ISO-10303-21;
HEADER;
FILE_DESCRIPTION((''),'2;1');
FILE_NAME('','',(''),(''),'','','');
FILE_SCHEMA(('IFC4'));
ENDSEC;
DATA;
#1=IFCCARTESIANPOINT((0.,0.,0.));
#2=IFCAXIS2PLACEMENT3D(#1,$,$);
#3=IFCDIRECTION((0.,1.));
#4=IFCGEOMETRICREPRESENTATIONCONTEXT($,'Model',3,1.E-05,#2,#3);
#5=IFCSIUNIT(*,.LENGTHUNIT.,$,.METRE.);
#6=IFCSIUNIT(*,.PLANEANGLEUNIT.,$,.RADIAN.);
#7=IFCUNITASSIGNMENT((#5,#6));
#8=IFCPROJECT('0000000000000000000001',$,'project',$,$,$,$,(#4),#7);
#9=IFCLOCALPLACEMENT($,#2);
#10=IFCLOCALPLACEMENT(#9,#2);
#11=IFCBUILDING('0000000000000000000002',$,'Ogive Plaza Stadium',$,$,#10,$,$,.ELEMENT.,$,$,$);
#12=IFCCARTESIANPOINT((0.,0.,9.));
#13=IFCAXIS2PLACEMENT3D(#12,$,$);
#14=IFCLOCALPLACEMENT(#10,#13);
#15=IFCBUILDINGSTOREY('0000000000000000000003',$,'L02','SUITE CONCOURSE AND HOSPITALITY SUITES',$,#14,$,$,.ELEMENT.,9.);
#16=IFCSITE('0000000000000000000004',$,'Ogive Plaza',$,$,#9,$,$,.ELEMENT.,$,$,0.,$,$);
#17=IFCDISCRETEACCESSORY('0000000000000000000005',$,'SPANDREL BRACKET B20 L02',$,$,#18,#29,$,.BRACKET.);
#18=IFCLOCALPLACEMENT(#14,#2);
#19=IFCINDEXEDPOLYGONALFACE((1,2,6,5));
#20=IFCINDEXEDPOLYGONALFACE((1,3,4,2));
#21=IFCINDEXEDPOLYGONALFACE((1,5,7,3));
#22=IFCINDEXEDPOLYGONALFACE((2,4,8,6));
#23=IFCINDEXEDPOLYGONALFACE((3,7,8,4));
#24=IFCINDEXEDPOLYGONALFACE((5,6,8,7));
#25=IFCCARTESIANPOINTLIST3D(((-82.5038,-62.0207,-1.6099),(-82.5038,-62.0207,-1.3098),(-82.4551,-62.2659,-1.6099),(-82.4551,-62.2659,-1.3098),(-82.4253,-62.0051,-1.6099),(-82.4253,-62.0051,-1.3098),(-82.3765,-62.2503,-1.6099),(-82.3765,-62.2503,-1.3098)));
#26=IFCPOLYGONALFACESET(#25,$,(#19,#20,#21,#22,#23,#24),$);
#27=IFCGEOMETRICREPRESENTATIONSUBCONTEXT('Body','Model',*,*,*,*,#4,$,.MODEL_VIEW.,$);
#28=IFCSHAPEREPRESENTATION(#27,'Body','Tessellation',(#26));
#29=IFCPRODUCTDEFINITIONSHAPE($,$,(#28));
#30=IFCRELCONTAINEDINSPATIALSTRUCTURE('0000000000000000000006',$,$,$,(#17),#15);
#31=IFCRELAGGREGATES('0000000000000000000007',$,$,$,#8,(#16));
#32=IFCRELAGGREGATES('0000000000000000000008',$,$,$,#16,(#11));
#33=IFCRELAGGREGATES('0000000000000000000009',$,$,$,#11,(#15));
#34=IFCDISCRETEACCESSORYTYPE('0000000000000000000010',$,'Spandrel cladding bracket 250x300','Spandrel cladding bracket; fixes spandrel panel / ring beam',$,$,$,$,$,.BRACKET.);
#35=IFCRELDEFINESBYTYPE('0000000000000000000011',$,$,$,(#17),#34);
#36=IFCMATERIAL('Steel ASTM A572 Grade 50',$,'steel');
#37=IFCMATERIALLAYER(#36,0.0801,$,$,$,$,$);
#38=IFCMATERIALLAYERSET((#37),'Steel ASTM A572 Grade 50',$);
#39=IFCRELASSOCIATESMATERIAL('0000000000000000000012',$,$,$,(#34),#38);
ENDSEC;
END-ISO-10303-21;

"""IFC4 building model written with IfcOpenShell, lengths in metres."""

from ifc_helpers import new_model, si_unit, direction, frame, origin, origin_2d, place, context, subcontext, project, spatial, rectangle, extrude, material, layer, layer_set, type_object, element, save


model = new_model("IFC4")

# Units and contexts
model_context = context("Model", 3, precision=1e-05, world=origin(), true_north=direction((0.0, 1.0)))
body_context = subcontext(model_context, "Body", "Model", "MODEL_VIEW")
ifc_project = project(units=[si_unit("LENGTHUNIT", "METRE"), si_unit("PLANEANGLEUNIT", "RADIAN")], contexts=[model_context])

# Site, building, storey
site_placement = place(None, origin())
site = spatial("IfcSite", under=ifc_project, at=site_placement, Name="Ogive Plaza", CompositionType="ELEMENT", RefElevation=0.0)
building_placement = place(site_placement, origin())
building = spatial("IfcBuilding", under=site, at=building_placement, Name="Ogive Plaza Stadium", CompositionType="ELEMENT")
storey_placement = place(building_placement, frame((0.0, 0.0, 9.0)))
storey = spatial("IfcBuildingStorey", under=building, at=storey_placement, Name="L02", Description="SUITE CONCOURSE AND HOSPITALITY SUITES", CompositionType="ELEMENT", Elevation=9.0)

# Discrete accessory
ifc_material_1 = material(Name="Steel ASTM A572 Grade 50", Category="steel")
ifc_layer_1 = layer(ifc_material_1, 0.0801)
ifc_layer_set_1 = layer_set([ifc_layer_1], Name="Steel ASTM A572 Grade 50")
discrete_accessory_type = type_object("IfcDiscreteAccessoryType", Name="Spandrel cladding bracket 250x300", Description="Spandrel cladding bracket; fixes spandrel panel / ring beam", PredefinedType="BRACKET", material=ifc_layer_set_1)
discrete_accessory_placement = place(storey_placement, frame((-82.4402, -62.1355, -1.6099), z_axis=(0.0, 0.0, 1.0), x_axis=(-0.19509, 0.980785, 0.0)))
element("IfcDiscreteAccessory", 1, at=discrete_accessory_placement, inside=storey, type_object=discrete_accessory_type, Name="SPANDREL BRACKET B20 L02", PredefinedType="BRACKET", context=body_context, shape_type="SweptSolid", body=[
    extrude(rectangle(XDim=0.25, YDim=0.0801, at=origin_2d()), origin(), (0.0, 0.0, 1.0), 0.3),
])

save(model, "model.ifc")
